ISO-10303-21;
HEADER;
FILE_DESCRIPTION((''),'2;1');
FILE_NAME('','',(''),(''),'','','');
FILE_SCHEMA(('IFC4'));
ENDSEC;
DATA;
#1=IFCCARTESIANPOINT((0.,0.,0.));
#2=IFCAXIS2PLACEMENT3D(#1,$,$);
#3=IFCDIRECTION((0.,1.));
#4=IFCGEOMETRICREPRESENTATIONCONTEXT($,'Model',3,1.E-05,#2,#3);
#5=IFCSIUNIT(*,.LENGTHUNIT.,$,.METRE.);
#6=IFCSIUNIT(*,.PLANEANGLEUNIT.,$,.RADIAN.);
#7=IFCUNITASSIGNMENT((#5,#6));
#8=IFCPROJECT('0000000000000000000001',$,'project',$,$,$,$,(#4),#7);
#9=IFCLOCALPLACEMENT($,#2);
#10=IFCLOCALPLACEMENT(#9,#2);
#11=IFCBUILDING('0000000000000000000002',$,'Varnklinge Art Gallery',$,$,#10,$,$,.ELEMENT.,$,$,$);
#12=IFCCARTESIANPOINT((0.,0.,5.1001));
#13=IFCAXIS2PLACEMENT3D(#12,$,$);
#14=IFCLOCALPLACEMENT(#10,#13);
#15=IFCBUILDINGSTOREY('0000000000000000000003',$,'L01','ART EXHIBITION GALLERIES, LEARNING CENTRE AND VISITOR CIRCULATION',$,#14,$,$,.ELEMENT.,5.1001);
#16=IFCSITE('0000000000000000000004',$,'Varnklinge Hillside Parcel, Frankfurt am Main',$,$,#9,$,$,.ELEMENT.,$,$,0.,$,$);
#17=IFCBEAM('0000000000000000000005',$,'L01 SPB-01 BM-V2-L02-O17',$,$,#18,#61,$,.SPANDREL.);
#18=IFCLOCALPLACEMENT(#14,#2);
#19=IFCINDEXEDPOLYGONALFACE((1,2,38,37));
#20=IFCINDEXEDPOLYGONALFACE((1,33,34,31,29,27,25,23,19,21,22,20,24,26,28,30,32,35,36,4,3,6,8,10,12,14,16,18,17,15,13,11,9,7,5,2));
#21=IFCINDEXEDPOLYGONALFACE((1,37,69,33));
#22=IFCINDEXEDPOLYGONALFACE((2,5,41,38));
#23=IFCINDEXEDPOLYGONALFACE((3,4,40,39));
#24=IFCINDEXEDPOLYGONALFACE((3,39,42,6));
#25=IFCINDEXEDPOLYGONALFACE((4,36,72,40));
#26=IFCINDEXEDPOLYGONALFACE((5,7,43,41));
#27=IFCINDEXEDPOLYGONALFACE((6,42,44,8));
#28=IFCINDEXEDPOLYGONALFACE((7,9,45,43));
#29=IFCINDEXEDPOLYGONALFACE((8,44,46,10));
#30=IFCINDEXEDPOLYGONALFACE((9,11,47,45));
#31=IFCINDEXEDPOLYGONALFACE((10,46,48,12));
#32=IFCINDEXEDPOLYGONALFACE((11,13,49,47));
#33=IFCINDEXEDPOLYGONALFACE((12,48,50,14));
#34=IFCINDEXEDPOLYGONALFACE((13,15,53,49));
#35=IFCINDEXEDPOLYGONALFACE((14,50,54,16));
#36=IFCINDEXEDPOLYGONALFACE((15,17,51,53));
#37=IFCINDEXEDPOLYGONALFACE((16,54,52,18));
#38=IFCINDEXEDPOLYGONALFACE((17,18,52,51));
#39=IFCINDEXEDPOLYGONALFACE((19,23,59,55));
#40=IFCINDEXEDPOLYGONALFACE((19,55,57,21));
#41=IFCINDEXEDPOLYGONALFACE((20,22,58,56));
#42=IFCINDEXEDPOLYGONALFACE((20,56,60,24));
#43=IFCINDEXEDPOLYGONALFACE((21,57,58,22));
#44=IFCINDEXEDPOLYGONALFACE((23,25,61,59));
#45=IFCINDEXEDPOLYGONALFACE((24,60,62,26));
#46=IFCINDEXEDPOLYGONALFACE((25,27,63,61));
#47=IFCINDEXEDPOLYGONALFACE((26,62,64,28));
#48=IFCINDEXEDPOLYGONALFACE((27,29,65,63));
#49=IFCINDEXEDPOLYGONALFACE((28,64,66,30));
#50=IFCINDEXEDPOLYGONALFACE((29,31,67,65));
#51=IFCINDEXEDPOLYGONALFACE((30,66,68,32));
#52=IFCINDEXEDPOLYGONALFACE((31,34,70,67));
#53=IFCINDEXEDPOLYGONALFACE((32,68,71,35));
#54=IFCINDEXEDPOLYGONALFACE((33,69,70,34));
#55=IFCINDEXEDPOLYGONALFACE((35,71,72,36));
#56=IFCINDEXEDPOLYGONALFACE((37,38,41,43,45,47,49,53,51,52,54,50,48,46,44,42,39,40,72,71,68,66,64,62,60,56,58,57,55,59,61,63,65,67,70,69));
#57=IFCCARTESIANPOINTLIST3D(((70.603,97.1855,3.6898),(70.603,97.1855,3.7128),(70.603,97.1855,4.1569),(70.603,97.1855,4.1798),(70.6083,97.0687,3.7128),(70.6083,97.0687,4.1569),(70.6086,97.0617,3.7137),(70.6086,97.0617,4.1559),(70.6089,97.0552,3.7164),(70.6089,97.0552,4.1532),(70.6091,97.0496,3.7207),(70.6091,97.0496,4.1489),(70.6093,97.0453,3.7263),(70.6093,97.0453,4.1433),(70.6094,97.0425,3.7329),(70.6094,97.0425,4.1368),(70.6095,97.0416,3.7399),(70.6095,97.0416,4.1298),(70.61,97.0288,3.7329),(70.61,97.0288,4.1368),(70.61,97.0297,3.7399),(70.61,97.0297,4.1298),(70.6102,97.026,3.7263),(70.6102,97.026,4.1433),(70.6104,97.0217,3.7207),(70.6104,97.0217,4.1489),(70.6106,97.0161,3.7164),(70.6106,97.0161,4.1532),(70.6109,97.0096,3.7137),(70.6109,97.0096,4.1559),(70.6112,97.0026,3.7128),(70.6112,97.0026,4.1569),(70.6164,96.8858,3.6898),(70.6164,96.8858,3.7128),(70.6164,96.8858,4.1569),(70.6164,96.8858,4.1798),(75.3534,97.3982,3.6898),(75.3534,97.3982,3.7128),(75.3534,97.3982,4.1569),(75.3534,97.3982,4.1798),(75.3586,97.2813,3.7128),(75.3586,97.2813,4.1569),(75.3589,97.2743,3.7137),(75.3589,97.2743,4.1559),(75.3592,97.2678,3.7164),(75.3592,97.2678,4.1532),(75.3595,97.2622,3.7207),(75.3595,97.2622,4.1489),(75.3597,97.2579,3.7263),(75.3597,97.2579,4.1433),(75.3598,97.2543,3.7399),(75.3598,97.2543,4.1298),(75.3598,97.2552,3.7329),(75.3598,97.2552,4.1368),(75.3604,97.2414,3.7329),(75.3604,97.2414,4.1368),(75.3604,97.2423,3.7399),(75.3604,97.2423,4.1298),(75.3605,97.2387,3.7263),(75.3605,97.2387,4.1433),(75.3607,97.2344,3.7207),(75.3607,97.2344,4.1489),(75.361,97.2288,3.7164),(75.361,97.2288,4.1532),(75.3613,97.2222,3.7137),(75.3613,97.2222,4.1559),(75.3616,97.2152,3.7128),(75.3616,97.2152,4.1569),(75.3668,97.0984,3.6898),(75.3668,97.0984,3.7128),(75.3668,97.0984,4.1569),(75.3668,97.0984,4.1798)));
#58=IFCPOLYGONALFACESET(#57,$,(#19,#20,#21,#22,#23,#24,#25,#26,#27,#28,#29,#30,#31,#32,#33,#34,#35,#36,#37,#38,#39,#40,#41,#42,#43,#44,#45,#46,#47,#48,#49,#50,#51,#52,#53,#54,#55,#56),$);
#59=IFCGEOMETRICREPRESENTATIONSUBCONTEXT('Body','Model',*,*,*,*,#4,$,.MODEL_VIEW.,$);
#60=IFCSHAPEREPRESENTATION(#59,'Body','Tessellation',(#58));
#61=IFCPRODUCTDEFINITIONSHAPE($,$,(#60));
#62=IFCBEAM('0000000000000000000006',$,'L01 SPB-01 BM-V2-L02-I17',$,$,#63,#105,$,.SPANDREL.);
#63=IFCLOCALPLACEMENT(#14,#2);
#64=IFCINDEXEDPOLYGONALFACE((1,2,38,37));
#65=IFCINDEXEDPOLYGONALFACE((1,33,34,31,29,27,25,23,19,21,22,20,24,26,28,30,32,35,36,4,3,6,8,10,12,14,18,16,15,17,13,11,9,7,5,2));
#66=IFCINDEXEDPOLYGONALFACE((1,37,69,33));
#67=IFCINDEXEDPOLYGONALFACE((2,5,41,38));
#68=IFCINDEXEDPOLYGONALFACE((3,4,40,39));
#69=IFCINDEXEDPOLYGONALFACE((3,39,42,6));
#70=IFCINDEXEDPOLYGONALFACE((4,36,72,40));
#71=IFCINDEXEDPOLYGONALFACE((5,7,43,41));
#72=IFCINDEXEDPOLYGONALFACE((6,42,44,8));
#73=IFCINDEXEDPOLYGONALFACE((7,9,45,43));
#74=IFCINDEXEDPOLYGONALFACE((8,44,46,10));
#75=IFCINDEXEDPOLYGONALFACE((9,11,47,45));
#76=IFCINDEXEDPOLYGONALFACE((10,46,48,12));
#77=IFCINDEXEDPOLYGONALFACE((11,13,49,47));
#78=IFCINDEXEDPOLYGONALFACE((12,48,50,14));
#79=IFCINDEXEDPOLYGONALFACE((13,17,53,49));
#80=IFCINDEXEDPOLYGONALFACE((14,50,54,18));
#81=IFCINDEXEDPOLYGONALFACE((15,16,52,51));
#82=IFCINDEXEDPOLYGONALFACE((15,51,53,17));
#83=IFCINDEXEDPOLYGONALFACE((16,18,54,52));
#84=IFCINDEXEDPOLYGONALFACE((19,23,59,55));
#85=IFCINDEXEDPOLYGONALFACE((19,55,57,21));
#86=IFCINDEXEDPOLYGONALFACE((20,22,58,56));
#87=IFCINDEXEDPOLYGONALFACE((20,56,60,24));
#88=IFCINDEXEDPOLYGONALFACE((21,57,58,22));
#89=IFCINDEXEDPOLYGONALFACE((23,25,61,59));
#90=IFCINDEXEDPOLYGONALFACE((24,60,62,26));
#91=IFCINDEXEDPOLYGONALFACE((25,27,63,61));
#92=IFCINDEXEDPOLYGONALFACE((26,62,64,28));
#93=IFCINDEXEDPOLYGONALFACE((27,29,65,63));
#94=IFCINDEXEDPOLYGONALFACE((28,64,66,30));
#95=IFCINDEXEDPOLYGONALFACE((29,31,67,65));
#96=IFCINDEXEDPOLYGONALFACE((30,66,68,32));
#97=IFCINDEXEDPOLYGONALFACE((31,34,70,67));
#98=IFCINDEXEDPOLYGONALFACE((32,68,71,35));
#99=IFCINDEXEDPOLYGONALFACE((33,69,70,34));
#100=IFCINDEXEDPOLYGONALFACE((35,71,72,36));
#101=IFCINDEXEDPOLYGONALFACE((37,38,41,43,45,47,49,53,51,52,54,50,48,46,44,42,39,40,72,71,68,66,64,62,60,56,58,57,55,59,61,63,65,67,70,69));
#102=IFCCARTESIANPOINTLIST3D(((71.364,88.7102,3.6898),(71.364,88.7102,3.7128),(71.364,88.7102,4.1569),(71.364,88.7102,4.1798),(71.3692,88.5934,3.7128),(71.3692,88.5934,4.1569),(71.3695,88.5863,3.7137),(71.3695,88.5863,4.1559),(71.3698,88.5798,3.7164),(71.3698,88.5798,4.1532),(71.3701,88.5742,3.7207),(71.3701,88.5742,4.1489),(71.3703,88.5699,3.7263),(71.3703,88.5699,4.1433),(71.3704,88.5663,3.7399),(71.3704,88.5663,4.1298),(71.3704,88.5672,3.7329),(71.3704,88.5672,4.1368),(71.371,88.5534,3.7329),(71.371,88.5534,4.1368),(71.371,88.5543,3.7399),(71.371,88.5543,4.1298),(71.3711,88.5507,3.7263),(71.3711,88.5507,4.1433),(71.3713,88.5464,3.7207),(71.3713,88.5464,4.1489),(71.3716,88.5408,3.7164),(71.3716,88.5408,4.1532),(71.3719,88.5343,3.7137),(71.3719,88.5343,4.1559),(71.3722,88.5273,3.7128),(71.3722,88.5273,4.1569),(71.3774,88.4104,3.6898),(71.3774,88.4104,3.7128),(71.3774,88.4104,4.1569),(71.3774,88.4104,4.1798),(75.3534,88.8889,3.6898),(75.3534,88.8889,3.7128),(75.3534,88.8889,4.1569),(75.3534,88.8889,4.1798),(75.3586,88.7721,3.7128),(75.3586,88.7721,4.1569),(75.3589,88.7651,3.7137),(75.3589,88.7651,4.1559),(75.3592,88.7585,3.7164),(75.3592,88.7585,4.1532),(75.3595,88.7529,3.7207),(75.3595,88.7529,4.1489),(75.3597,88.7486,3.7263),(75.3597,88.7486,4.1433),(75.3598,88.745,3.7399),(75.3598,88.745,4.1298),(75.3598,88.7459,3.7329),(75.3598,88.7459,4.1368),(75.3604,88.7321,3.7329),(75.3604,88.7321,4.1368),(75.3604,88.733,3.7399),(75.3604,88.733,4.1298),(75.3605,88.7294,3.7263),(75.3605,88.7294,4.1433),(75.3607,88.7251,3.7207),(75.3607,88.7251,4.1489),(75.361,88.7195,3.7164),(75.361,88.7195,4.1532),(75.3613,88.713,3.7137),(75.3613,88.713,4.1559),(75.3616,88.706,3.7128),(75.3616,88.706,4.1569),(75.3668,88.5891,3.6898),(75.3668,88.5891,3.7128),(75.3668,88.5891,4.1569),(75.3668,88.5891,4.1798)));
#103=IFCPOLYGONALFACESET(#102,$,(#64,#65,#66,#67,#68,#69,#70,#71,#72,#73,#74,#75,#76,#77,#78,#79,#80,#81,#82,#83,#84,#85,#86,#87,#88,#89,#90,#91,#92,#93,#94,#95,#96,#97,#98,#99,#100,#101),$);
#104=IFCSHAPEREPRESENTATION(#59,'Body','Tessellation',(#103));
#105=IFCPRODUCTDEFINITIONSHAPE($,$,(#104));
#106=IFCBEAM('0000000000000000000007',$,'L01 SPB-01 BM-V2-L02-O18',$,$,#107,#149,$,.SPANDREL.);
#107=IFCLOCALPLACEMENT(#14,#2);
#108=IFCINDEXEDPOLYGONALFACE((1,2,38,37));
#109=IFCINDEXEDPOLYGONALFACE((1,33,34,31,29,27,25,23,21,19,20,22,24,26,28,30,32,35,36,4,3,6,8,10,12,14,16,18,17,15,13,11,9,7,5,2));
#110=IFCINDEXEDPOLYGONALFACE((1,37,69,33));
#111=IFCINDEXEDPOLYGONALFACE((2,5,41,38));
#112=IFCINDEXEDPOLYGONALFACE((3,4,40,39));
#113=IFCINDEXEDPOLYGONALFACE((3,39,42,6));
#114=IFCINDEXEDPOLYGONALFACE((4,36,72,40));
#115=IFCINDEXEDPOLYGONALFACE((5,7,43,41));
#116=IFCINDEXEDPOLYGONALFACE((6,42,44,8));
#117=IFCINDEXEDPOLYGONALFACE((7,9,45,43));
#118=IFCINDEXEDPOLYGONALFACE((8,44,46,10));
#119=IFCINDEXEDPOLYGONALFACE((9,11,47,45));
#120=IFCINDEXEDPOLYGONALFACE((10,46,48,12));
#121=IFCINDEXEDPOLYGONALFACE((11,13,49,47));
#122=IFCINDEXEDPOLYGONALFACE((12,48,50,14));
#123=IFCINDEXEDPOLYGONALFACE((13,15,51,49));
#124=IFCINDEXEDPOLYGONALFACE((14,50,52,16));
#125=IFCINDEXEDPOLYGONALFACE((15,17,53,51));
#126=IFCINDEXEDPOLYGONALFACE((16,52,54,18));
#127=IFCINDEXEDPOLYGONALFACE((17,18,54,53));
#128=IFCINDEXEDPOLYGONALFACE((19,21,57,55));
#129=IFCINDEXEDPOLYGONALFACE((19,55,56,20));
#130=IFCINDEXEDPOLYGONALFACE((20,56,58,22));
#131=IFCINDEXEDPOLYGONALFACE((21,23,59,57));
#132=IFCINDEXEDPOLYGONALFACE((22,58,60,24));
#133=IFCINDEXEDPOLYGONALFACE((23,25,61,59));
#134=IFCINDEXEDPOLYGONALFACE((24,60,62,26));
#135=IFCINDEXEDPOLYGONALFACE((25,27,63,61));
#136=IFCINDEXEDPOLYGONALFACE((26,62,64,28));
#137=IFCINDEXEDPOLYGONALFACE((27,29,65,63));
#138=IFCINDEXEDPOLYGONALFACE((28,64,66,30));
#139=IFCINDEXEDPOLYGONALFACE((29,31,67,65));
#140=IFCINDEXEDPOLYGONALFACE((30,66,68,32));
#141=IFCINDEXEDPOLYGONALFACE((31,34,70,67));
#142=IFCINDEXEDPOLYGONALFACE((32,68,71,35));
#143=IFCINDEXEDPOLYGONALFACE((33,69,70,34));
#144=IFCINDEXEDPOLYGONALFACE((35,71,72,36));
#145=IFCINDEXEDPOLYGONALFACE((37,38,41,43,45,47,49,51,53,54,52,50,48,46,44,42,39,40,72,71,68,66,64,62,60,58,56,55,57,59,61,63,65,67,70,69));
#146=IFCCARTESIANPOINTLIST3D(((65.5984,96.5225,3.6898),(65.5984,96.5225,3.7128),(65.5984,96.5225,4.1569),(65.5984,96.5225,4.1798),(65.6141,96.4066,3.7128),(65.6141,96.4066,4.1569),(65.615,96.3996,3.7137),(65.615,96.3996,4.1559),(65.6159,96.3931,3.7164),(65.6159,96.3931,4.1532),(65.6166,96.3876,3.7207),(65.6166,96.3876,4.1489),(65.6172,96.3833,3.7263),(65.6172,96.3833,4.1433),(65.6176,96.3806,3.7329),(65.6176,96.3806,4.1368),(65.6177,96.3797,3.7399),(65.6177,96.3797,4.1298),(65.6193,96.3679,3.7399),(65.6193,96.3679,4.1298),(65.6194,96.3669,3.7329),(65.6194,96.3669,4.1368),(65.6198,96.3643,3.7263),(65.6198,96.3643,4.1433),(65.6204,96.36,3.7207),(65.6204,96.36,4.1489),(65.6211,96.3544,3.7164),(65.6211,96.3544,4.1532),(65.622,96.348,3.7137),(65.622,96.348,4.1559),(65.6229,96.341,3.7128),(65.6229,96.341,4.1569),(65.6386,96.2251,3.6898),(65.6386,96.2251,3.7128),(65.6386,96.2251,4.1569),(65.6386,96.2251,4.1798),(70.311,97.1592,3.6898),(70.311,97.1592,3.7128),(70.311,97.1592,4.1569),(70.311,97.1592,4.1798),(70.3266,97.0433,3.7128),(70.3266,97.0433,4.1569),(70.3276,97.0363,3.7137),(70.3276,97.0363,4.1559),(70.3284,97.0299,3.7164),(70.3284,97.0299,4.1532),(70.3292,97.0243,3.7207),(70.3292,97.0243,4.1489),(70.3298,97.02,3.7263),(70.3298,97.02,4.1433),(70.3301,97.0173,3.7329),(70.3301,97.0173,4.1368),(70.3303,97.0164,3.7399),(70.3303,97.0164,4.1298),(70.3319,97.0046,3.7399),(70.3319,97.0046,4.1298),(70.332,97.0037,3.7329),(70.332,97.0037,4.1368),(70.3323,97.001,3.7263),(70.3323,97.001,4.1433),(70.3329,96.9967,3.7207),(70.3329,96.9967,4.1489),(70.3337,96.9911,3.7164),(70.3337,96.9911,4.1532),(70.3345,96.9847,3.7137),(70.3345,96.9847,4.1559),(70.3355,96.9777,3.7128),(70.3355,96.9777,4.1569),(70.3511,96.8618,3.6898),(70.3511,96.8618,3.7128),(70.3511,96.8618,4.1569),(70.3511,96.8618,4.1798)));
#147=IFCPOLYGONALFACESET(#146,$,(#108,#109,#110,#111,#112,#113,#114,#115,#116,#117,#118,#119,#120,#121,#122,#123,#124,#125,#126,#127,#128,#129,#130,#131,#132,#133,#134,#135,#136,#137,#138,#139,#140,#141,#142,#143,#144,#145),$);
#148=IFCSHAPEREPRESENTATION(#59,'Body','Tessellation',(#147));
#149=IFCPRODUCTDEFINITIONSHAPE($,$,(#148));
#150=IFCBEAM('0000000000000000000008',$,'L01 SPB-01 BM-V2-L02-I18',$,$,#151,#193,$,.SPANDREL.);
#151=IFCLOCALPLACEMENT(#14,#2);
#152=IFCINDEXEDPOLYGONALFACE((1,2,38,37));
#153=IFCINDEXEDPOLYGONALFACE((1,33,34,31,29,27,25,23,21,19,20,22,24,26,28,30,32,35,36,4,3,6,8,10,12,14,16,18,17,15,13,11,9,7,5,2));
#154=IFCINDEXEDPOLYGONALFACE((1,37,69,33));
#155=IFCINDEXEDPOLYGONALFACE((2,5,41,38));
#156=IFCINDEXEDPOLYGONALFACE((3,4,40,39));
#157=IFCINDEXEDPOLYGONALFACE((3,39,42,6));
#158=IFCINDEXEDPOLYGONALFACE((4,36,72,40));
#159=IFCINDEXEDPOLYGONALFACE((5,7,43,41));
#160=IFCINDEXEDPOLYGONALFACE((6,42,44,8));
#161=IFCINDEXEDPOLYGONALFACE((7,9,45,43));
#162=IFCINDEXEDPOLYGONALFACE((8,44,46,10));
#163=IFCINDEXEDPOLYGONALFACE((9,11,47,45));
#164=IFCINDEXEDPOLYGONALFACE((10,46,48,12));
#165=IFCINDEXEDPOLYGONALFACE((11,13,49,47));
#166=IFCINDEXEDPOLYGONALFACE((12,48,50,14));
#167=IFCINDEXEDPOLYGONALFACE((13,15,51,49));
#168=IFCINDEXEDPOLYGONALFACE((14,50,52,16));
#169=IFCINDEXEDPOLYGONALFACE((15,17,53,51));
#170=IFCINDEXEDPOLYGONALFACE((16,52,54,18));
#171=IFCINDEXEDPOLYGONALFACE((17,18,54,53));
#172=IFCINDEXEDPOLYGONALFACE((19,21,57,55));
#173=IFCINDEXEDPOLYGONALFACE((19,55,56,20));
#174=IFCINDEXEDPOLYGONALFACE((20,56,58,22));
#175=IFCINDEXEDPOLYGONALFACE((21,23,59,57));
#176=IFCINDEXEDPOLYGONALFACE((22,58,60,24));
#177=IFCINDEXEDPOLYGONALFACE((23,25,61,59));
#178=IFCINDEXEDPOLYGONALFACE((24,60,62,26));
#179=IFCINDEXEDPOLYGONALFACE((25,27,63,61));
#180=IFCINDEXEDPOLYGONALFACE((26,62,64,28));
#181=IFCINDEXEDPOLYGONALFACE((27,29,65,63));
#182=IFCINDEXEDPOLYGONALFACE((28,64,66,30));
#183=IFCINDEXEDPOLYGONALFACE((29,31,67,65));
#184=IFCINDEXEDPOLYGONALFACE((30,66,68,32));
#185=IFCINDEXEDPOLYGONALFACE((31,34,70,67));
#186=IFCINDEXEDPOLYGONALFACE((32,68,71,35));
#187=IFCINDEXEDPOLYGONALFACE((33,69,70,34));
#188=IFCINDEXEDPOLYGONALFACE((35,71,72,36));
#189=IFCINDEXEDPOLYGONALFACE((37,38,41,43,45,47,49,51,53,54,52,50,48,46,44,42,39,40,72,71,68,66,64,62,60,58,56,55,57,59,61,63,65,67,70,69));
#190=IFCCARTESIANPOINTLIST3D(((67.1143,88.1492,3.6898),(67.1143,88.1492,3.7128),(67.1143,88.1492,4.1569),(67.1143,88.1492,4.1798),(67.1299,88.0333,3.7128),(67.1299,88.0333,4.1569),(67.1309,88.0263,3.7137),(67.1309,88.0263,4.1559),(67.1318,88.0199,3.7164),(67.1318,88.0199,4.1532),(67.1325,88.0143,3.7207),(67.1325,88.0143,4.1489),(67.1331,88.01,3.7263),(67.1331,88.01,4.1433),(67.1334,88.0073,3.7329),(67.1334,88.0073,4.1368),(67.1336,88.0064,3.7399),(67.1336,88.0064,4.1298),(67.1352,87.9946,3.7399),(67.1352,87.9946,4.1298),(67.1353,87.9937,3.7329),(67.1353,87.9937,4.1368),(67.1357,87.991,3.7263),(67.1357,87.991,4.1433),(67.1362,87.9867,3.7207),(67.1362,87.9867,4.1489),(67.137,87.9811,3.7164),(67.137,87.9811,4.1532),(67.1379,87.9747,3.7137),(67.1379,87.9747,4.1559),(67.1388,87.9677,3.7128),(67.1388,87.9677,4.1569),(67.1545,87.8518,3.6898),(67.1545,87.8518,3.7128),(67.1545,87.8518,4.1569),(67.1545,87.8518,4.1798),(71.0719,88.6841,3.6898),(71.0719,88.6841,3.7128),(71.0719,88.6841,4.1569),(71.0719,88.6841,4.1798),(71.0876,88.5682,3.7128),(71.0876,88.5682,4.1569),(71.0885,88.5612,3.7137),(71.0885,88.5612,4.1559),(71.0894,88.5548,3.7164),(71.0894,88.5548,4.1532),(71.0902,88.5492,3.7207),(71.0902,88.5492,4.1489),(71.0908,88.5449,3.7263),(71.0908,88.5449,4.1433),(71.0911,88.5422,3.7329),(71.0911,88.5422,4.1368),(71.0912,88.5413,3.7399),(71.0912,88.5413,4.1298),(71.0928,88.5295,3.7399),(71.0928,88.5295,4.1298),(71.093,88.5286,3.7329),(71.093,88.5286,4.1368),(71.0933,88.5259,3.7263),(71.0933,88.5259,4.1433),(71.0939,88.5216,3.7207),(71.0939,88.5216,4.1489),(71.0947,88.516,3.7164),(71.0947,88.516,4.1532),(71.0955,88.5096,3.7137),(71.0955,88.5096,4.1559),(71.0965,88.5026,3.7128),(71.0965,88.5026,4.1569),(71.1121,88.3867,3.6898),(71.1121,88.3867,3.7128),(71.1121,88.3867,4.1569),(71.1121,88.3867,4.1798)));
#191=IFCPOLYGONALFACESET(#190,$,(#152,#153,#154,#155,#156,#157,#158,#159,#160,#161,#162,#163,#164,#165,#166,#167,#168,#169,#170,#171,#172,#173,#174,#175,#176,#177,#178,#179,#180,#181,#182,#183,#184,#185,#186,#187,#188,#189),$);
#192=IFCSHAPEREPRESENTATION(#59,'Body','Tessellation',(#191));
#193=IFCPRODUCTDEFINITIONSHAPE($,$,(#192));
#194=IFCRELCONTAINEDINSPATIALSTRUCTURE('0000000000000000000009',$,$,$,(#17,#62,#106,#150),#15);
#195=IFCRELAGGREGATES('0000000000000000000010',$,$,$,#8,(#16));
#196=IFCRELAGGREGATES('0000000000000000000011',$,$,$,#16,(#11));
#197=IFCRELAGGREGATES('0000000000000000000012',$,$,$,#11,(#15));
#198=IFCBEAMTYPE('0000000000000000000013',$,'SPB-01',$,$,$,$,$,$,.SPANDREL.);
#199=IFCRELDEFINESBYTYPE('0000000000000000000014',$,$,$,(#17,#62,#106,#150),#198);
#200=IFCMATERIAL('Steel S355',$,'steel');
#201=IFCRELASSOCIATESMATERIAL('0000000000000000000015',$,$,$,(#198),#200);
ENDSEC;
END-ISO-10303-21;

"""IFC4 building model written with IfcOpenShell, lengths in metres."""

from ifc_helpers import new_model, si_unit, direction, frame, origin, origin_2d, place, context, subcontext, project, spatial, i_section, extrude, material, material_profile, profile_set, type_object, element, save


model = new_model("IFC4")

# Units and contexts
model_context = context("Model", 3, precision=1e-05, world=origin(), true_north=direction((0.0, 1.0)))
body_context = subcontext(model_context, "Body", "Model", "MODEL_VIEW")
ifc_project = project(units=[si_unit("LENGTHUNIT", "METRE"), si_unit("PLANEANGLEUNIT", "RADIAN")], contexts=[model_context])

# Site, building, storey
site_placement = place(None, origin())
site = spatial("IfcSite", under=ifc_project, at=site_placement, Name="Varnklinge Hillside Parcel, Frankfurt am Main", CompositionType="ELEMENT", RefElevation=0.0)
building_placement = place(site_placement, origin())
building = spatial("IfcBuilding", under=site, at=building_placement, Name="Varnklinge Art Gallery", CompositionType="ELEMENT")
storey_placement = place(building_placement, frame((0.0, 0.0, 5.1001)))
storey = spatial("IfcBuildingStorey", under=building, at=storey_placement, Name="L01", Description="ART EXHIBITION GALLERIES, LEARNING CENTRE AND VISITOR CIRCULATION", CompositionType="ELEMENT", Elevation=5.1001)

# Beams
ifc_material_1 = material(Name="Steel S355", Category="steel")
ifc_material_profile_1 = material_profile(ifc_material_1, i_section(OverallWidth=0.3, OverallDepth=0.49, WebThickness=0.012, FlangeThickness=0.0229, FilletRadius=0.0271, at=origin_2d()), Name="HEA 500")
ifc_profile_set_1 = profile_set([ifc_material_profile_1], Name="Steel S355")
beam_type_1 = type_object("IfcBeamType", Name="SPB-01", PredefinedType="SPANDREL", material=ifc_profile_set_1)
beam_1_placement = place(storey_placement, frame((75.3601, 97.2483, 3.9348), z_axis=(-0.999, -0.044718, 0.0), x_axis=(0.044718, -0.999, 0.0)))
element("IfcBeam", 1, at=beam_1_placement, inside=storey, type_object=beam_type_1, Name="L01 SPB-01 BM-V2-L02-O17", PredefinedType="SPANDREL", context=body_context, shape_type="SweptSolid", body=[
    extrude(i_section(OverallWidth=0.3, OverallDepth=0.49, WebThickness=0.012, FlangeThickness=0.0229, FilletRadius=0.0271, at=origin_2d()), origin(), (0.0, 0.0, 1.0), 4.7551),
])
beam_2_placement = place(storey_placement, frame((75.3601, 88.739, 3.9348), z_axis=(-0.998998, -0.04475, 0.0), x_axis=(0.04475, -0.998998, 0.0)))
element("IfcBeam", 2, at=beam_2_placement, inside=storey, type_object=beam_type_1, Name="L01 SPB-01 BM-V2-L02-I17", PredefinedType="SPANDREL", context=body_context, shape_type="SweptSolid", body=[
    extrude(i_section(OverallWidth=0.3, OverallDepth=0.49, WebThickness=0.012, FlangeThickness=0.0229, FilletRadius=0.0271, at=origin_2d()), origin(), (0.0, 0.0, 1.0), 3.9934),
])
beam_3_placement = place(storey_placement, frame((70.3311, 97.0105, 3.9348), z_axis=(-0.990996, -0.133892, 0.0), x_axis=(0.133892, -0.990996, 0.0)))
element("IfcBeam", 3, at=beam_3_placement, inside=storey, type_object=beam_type_1, Name="L01 SPB-01 BM-V2-L02-O18", PredefinedType="SPANDREL", context=body_context, shape_type="SweptSolid", body=[
    extrude(i_section(OverallWidth=0.3, OverallDepth=0.49, WebThickness=0.012, FlangeThickness=0.0229, FilletRadius=0.0271, at=origin_2d()), origin(), (0.0, 0.0, 1.0), 4.7554),
])
beam_4_placement = place(storey_placement, frame((71.092, 88.5354, 3.9348), z_axis=(-0.99099, -0.133937, 0.0), x_axis=(0.133937, -0.99099, 0.0)))
element("IfcBeam", 4, at=beam_4_placement, inside=storey, type_object=beam_type_1, Name="L01 SPB-01 BM-V2-L02-I18", PredefinedType="SPANDREL", context=body_context, shape_type="SweptSolid", body=[
    extrude(i_section(OverallWidth=0.3, OverallDepth=0.49, WebThickness=0.012, FlangeThickness=0.0229, FilletRadius=0.0271, at=origin_2d()), origin(), (0.0, 0.0, 1.0), 3.9937),
])

save(model, "model.ifc")
